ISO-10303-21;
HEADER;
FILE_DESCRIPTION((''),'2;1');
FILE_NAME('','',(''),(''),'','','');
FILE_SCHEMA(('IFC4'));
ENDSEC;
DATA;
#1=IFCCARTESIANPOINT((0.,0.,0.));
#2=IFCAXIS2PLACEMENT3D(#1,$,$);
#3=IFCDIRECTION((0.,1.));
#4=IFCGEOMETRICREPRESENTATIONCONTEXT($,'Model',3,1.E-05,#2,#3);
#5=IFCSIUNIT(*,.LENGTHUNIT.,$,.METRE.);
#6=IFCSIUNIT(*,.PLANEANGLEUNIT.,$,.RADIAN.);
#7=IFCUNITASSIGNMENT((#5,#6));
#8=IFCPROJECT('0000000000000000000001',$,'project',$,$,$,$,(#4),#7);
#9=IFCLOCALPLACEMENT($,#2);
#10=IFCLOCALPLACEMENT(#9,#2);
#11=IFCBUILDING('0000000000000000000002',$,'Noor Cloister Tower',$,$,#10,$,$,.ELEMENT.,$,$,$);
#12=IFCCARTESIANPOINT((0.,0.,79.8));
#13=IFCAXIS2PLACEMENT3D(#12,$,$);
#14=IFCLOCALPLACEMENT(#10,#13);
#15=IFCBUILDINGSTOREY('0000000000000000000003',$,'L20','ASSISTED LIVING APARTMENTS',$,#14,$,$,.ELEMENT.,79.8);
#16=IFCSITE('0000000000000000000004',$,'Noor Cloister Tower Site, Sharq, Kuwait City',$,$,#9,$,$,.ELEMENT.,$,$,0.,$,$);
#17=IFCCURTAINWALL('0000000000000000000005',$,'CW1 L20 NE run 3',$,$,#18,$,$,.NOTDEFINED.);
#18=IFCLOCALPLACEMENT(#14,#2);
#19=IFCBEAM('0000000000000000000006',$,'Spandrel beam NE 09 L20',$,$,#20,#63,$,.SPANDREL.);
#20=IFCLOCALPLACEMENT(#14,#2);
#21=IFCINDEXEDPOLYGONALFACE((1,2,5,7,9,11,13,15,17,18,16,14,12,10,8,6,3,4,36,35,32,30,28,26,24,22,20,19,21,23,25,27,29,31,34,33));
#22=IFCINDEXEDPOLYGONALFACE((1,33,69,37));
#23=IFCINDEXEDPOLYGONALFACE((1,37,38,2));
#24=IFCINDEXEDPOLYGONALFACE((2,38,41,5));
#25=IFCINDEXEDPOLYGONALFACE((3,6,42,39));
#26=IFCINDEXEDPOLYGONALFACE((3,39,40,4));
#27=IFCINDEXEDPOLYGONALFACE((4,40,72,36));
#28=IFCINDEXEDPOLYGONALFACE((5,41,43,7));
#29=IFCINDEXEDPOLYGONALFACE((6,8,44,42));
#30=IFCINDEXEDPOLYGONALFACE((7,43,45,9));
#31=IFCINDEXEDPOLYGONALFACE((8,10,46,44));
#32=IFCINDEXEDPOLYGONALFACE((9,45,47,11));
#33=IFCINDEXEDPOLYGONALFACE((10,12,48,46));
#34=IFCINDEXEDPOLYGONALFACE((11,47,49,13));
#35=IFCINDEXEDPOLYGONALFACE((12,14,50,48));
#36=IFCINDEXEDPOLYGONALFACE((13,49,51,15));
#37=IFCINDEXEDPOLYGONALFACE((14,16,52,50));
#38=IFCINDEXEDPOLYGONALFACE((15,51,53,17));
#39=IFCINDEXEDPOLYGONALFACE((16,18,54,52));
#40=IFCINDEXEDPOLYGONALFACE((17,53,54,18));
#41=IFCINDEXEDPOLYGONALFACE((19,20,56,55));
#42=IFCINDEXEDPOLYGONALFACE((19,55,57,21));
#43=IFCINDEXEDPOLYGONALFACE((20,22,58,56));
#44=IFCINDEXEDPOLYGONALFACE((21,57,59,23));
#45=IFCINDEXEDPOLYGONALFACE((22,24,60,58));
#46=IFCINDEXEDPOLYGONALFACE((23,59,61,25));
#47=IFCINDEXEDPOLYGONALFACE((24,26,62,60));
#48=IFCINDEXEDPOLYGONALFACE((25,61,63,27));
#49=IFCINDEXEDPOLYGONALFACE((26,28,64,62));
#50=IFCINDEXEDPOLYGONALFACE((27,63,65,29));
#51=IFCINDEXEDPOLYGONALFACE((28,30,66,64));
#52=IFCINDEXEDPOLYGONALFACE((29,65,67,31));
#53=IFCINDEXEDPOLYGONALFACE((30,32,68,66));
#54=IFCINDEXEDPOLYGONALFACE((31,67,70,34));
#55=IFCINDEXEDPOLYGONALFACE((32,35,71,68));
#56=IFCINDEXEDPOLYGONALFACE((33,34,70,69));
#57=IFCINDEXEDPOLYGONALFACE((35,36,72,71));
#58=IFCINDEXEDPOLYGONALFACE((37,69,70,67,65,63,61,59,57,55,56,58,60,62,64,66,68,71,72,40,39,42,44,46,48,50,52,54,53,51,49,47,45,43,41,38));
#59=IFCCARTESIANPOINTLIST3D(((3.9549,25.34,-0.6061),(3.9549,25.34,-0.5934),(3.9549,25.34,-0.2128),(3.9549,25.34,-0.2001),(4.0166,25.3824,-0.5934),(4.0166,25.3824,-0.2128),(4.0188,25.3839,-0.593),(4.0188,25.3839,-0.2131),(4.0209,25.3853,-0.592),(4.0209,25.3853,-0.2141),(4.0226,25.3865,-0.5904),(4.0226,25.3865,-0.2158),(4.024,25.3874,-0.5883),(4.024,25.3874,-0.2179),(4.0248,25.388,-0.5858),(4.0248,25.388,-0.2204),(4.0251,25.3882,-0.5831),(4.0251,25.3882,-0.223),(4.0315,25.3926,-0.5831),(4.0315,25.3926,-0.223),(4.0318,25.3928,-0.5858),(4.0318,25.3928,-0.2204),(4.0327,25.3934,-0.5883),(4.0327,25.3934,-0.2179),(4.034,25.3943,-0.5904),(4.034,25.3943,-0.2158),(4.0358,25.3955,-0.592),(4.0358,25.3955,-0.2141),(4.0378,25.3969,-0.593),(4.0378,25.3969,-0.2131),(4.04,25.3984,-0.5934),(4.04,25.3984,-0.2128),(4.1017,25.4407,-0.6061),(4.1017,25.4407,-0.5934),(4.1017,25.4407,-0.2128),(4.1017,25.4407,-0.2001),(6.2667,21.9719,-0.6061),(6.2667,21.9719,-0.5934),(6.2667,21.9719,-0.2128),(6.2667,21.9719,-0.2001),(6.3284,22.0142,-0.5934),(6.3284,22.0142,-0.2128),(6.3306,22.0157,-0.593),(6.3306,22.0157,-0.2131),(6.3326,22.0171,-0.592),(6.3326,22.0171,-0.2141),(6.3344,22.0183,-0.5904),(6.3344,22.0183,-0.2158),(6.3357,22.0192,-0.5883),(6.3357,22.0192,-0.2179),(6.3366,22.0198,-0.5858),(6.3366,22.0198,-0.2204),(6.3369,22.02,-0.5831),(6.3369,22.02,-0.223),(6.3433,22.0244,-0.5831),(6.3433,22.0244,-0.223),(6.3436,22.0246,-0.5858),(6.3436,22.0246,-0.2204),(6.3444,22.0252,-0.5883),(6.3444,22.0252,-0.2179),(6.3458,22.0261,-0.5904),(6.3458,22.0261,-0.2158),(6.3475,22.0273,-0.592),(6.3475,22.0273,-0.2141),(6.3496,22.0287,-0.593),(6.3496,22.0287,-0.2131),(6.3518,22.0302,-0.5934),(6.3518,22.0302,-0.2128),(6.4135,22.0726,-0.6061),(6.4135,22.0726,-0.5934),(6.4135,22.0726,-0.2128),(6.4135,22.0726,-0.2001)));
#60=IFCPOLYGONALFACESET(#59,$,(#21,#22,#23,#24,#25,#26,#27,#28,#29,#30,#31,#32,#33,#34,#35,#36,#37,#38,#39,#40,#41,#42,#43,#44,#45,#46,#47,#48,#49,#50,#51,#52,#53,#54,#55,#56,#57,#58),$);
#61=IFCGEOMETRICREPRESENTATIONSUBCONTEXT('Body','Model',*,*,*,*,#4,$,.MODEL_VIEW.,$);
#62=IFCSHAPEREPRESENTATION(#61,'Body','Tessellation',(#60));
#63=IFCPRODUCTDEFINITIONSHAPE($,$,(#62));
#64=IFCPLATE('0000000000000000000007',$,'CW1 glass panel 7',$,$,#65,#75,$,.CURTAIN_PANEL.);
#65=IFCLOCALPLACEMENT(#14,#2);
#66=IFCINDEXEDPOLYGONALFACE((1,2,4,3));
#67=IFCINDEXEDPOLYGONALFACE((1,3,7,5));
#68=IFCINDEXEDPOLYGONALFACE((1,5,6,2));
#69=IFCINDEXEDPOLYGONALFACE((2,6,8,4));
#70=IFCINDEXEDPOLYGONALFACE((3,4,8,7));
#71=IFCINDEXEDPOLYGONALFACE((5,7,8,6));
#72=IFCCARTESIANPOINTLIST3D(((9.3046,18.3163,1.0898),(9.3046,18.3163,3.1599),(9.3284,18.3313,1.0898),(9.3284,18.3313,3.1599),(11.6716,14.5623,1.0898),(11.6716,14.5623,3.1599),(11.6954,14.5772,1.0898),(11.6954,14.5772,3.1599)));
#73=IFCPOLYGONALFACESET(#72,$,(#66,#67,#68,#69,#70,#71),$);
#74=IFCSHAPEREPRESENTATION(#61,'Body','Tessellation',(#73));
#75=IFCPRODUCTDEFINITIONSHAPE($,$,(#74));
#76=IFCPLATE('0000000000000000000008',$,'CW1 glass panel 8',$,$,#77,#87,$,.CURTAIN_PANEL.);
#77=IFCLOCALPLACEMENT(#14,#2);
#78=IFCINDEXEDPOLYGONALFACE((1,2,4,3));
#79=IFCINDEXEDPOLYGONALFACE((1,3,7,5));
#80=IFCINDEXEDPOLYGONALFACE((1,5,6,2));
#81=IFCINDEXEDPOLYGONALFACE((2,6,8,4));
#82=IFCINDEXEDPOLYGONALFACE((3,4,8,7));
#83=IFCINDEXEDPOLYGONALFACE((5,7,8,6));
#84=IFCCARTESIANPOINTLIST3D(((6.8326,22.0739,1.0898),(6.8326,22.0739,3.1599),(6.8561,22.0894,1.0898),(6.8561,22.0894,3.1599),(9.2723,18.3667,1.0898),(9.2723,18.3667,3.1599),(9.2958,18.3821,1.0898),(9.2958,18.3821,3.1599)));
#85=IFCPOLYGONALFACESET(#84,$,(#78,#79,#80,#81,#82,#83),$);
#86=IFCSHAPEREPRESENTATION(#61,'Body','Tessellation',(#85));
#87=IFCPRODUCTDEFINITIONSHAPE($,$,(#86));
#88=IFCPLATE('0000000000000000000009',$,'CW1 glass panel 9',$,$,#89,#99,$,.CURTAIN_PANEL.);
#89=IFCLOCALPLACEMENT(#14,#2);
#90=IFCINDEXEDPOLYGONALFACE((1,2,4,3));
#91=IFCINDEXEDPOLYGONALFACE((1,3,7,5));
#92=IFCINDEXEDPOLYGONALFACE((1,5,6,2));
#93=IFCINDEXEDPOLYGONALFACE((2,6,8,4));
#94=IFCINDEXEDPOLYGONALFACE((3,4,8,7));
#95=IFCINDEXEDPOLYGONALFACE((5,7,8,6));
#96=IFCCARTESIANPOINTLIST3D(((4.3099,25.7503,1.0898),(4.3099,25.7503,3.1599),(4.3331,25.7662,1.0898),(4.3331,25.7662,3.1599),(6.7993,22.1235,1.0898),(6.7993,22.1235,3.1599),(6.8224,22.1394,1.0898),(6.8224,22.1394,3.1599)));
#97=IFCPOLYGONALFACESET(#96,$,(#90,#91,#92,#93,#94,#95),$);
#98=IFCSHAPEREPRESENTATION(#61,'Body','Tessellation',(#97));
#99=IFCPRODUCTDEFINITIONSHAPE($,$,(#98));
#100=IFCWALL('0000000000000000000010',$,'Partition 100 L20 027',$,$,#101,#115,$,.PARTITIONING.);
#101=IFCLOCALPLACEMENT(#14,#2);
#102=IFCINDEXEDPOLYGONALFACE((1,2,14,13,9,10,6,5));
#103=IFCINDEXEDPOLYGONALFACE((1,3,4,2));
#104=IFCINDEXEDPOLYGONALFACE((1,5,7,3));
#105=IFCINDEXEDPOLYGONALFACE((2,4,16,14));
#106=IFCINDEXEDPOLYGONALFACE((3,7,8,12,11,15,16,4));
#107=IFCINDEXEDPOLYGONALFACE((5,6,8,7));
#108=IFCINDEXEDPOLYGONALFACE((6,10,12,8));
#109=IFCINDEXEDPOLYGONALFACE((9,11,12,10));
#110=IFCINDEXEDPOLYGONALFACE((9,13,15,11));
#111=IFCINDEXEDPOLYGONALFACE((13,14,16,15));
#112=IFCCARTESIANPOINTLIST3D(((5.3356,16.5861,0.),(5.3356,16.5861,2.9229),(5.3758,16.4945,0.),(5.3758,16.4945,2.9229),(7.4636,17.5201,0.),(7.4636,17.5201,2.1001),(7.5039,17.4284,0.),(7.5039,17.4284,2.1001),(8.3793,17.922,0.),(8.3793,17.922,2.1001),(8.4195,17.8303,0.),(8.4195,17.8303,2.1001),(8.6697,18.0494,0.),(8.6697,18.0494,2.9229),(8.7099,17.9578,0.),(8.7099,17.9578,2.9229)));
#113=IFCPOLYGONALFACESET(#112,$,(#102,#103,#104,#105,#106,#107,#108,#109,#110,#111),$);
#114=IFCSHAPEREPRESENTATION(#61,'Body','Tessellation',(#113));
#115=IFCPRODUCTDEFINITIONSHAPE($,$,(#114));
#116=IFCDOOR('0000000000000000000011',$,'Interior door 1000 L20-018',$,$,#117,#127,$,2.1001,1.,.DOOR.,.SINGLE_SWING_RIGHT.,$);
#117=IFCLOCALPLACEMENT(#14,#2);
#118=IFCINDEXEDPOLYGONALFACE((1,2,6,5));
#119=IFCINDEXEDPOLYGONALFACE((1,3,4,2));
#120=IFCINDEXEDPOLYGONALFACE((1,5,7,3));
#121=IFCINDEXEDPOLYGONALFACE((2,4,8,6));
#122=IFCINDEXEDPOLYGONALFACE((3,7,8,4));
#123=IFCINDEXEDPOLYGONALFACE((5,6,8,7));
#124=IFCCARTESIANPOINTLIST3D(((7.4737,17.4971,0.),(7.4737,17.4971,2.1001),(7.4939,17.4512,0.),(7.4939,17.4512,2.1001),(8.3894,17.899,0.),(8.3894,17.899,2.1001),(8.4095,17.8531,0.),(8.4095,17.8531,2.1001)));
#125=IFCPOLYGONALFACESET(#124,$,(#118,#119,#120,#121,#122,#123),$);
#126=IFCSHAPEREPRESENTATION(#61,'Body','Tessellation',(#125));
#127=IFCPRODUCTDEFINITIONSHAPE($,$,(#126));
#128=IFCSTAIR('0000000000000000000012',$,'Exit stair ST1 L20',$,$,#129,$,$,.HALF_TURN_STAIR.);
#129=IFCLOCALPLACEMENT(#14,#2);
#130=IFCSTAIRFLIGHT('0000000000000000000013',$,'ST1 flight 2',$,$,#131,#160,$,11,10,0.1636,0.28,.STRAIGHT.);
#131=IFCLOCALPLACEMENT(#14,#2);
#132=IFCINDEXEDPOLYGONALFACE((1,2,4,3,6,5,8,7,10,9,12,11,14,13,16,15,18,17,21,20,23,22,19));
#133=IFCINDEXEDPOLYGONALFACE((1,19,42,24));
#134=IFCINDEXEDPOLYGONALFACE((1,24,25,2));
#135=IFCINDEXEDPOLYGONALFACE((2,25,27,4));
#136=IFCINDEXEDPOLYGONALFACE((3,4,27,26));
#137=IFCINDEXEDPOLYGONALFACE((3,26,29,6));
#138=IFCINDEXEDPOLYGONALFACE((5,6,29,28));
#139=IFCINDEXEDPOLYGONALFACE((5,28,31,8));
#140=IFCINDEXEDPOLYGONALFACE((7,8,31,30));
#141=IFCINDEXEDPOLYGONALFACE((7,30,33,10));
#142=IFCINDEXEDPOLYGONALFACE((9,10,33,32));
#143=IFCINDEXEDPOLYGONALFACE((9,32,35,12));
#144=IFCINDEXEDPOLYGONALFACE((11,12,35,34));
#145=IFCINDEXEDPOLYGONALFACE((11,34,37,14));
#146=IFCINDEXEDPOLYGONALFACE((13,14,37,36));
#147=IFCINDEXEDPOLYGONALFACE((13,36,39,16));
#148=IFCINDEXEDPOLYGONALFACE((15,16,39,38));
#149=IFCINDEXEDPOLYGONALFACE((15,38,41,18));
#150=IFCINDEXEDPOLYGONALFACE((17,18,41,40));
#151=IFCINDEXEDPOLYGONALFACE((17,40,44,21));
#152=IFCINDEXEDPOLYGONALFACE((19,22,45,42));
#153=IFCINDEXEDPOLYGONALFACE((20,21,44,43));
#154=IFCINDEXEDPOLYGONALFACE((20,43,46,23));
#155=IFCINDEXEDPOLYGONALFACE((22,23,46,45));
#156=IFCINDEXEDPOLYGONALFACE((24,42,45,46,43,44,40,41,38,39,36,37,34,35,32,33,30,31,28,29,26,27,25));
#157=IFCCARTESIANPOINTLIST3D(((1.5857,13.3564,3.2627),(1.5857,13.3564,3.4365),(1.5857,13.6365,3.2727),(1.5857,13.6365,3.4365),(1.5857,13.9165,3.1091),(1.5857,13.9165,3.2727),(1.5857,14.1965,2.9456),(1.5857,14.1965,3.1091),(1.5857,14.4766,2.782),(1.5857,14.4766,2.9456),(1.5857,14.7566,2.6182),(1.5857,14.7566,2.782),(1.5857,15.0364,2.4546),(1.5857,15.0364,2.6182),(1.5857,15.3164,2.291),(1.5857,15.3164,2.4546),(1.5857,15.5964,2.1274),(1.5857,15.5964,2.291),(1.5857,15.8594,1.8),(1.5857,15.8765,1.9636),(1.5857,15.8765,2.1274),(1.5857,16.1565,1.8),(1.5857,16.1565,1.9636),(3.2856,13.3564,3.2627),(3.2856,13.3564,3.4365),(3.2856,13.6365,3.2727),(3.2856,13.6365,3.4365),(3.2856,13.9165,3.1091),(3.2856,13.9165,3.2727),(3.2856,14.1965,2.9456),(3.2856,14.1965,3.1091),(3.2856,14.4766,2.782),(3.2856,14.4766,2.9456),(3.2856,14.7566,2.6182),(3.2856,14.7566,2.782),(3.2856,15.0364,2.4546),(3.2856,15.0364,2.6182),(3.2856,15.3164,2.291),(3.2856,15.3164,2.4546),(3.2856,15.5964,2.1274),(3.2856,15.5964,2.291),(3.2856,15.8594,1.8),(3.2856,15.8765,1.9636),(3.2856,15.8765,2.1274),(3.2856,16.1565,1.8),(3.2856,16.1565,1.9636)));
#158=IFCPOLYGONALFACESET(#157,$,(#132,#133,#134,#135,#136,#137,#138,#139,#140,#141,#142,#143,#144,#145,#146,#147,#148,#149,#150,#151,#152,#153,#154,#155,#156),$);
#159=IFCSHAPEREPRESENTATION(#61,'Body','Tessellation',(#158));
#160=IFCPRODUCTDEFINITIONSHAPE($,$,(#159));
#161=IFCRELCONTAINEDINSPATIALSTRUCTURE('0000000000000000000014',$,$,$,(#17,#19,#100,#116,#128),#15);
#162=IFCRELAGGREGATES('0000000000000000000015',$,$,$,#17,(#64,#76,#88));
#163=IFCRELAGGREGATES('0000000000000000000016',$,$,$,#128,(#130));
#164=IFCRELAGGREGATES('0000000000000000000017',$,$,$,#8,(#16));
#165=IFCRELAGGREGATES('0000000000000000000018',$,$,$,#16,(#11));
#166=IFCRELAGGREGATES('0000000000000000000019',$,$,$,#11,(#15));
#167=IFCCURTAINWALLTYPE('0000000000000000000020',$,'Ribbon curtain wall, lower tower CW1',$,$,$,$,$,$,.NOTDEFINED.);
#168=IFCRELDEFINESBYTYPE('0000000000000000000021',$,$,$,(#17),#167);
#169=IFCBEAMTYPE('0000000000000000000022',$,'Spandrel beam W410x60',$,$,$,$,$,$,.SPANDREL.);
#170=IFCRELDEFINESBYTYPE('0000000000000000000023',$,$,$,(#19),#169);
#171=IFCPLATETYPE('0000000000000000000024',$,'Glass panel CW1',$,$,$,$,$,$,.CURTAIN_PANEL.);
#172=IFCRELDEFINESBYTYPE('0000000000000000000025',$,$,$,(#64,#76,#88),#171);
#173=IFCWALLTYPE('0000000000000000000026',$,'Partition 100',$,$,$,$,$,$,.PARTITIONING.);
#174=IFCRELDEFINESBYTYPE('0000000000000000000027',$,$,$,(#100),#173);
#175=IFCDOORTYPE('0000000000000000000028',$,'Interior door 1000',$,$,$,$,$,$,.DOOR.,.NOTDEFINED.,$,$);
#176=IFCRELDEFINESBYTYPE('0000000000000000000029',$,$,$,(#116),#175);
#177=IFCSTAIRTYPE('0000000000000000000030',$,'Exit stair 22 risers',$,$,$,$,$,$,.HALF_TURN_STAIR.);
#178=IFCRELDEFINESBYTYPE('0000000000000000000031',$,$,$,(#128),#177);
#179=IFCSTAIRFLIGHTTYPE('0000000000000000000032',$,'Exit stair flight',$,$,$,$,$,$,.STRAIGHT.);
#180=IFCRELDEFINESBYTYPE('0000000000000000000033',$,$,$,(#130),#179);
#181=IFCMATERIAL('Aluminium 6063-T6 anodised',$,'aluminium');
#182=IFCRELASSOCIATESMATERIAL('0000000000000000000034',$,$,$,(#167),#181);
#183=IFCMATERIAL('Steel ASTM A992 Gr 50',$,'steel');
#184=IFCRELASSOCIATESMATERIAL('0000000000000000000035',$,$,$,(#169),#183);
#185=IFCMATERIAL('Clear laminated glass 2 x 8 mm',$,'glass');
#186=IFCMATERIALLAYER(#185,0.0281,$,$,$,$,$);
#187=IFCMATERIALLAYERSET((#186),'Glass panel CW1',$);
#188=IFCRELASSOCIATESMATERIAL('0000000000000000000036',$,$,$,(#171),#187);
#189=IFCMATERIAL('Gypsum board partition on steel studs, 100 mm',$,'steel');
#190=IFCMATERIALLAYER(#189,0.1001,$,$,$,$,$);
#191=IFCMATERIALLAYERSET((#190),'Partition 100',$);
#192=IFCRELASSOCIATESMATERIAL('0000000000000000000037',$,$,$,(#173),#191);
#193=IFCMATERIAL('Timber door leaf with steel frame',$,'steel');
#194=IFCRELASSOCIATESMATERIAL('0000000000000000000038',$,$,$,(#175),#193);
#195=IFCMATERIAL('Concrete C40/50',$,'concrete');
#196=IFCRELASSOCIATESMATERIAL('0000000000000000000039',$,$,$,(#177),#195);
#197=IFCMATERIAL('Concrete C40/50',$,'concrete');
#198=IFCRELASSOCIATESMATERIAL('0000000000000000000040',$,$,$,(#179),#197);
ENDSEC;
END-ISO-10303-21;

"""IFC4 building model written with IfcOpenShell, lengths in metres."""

from ifc_helpers import new_model, si_unit, direction, frame, frame_2d, origin, origin_2d, place, context, subcontext, project, spatial, polyline, rectangle, i_section, outline, extrude, material, layer, layer_set, material_profile, profile_set, type_object, element, fill, aggregate, save


model = new_model("IFC4")

# Units and contexts
model_context = context("Model", 3, precision=1e-05, world=origin(), true_north=direction((0.0, 1.0)))
body_context = subcontext(model_context, "Body", "Model", "MODEL_VIEW")
ifc_project = project(units=[si_unit("LENGTHUNIT", "METRE"), si_unit("PLANEANGLEUNIT", "RADIAN")], contexts=[model_context])

# Site, building, storey
site_placement = place(None, origin())
site = spatial("IfcSite", under=ifc_project, at=site_placement, Name="Noor Cloister Tower Site, Sharq, Kuwait City", CompositionType="ELEMENT", RefElevation=0.0)
building_placement = place(site_placement, origin())
building = spatial("IfcBuilding", under=site, at=building_placement, Name="Noor Cloister Tower", CompositionType="ELEMENT")
storey_placement = place(building_placement, frame((0.0, 0.0, 79.8)))
storey = spatial("IfcBuildingStorey", under=building, at=storey_placement, Name="L20", Description="ASSISTED LIVING APARTMENTS", CompositionType="ELEMENT", Elevation=79.8)

# Curtain wall
ifc_material_1 = material(Name="Aluminium 6063-T6 anodised", Category="aluminium")
curtain_wall_type = type_object("IfcCurtainWallType", Name="Ribbon curtain wall, lower tower CW1", PredefinedType="NOTDEFINED", material=ifc_material_1)
curtain_wall_placement = place(storey_placement, origin())
curtain_wall = element("IfcCurtainWall", 1, at=curtain_wall_placement, inside=storey, type_object=curtain_wall_type, Name="CW1 L20 NE run 3", PredefinedType="NOTDEFINED")

# Beam
ifc_material_2 = material(Name="Steel ASTM A992 Gr 50", Category="steel")
ifc_material_profile_1 = material_profile(ifc_material_2, i_section(OverallWidth=0.178, OverallDepth=0.406, WebThickness=0.0078, FlangeThickness=0.0127, FilletRadius=0.0103, at=origin_2d()), Name="W410x60")
ifc_profile_set_1 = profile_set([ifc_material_profile_1], Name="Steel ASTM A992 Gr 50")
beam_type_1 = type_object("IfcBeamType", Name="Spandrel beam W410x60", PredefinedType="SPANDREL", material=ifc_profile_set_1)
for number, where, z_axis, x_axis, name in (
    (2, (6.3401, 22.0222, -0.4031), (-0.565889, 0.824481, 0.0), (-0.824481, -0.565889, 0.0), "Spandrel beam NE 09 L20"),
):
    element("IfcBeam", number, at=place(storey_placement, frame(where, z_axis=z_axis, x_axis=x_axis)), inside=storey, type_object=beam_type_1, Name=name, PredefinedType="SPANDREL", context=body_context, shape_type="SweptSolid", body=[
        extrude(i_section(OverallWidth=0.178, OverallDepth=0.406, WebThickness=0.0078, FlangeThickness=0.0127, FilletRadius=0.0103, at=origin_2d()), origin(), (0.0, 0.0, 1.0), 4.0852),
    ])

# Plates
ifc_material_3 = material(Name="Clear laminated glass 2 x 8 mm", Category="glass")
ifc_layer_1 = layer(ifc_material_3, 0.0281)
ifc_layer_set_1 = layer_set([ifc_layer_1], Name="Glass panel CW1")
plate_type = type_object("IfcPlateType", Name="Glass panel CW1", PredefinedType="CURTAIN_PANEL", material=ifc_layer_set_1)
plate_1_placement = place(storey_placement, frame((10.5, 16.4468, 1.0898), z_axis=(0.0, 0.0, 1.0), x_axis=(-0.533352, 0.845893, 0.0)))
plate_1 = element("IfcPlate", 3, at=plate_1_placement, type_object=plate_type, Name="CW1 glass panel 7", PredefinedType="CURTAIN_PANEL", context=body_context, shape_type="SweptSolid", body=[
    extrude(rectangle(XDim=4.438, YDim=0.0281, at=origin_2d()), origin(), (0.0, 0.0, 1.0), 2.0701),
])
plate_2_placement = place(storey_placement, frame((8.0642, 20.228, 1.0898), z_axis=(0.0, 0.0, 1.0), x_axis=(-0.549728, 0.835344, 0.0)))
plate_2 = element("IfcPlate", 4, at=plate_2_placement, type_object=plate_type, Name="CW1 glass panel 8", PredefinedType="CURTAIN_PANEL", context=body_context, shape_type="SweptSolid", body=[
    extrude(rectangle(XDim=4.438, YDim=0.0281, at=origin_2d()), origin(), (0.0, 0.0, 1.0), 2.0701),
])
plate_3_placement = place(storey_placement, frame((5.5662, 23.9448, 1.0898), z_axis=(0.0, 0.0, 1.0), x_axis=(-0.565895, 0.824477, 0.0)))
plate_3 = element("IfcPlate", 5, at=plate_3_placement, type_object=plate_type, Name="CW1 glass panel 9", PredefinedType="CURTAIN_PANEL", context=body_context, shape_type="SweptSolid", body=[
    extrude(rectangle(XDim=4.3989, YDim=0.0281, at=origin_2d()), origin(), (0.0, 0.0, 1.0), 2.0701),
])
aggregate(curtain_wall, [plate_1, plate_2, plate_3])

# Wall, opening, door
ifc_material_4 = material(Name="Gypsum board partition on steel studs, 100 mm", Category="steel")
ifc_layer_2 = layer(ifc_material_4, 0.1001)
ifc_layer_set_2 = layer_set([ifc_layer_2], Name="Partition 100")
wall_type = type_object("IfcWallType", Name="Partition 100", PredefinedType="PARTITIONING", material=ifc_layer_set_2)
wall_placement = place(storey_placement, frame((5.3557, 16.5403, 0.0), z_axis=(0.0, 0.0, 1.0), x_axis=(0.915687, 0.401891, 0.0)))
wall = element("IfcWall", 6, at=wall_placement, inside=storey, type_object=wall_type, Name="Partition 100 L20 027", PredefinedType="PARTITIONING", context=body_context, shape_type="SweptSolid", body=[
    extrude(rectangle(XDim=3.6411, YDim=0.1001, at=frame_2d((1.8206, 0.0))), origin(), (0.0, 0.0, 1.0), 2.9229),
])
opening_placement = place(wall_placement, frame((2.324, 0.0, 0.0)))
opening = element("IfcOpeningElement", 7, at=opening_placement, cuts=wall, PredefinedType="OPENING", context=body_context, shape_type="SweptSolid", body=[
    extrude(rectangle(XDim=1.0, YDim=2.1001, at=frame_2d((0.5, 1.05))), frame((0.0, 0.0601, 0.0), z_axis=(0.0, -1.0, 0.0), x_axis=(1.0, 0.0, 0.0)), (0.0, 0.0, 1.0), 0.1201),
])
ifc_material_5 = material(Name="Timber door leaf with steel frame", Category="steel")
door_type = type_object("IfcDoorType", Name="Interior door 1000", OperationType="NOTDEFINED", PredefinedType="DOOR", material=ifc_material_5)
door_placement = place(opening_placement, origin())
door = element("IfcDoor", 8, at=door_placement, inside=storey, type_object=door_type, Name="Interior door 1000 L20-018", OperationType="SINGLE_SWING_RIGHT", OverallHeight=2.1001, OverallWidth=1.0, PredefinedType="DOOR", context=body_context, shape_type="SweptSolid", body=[
    extrude(rectangle(XDim=1.0, YDim=2.1001, at=frame_2d((0.5, 1.05))), frame((0.0, 0.0249, 0.0), z_axis=(0.0, -1.0, 0.0), x_axis=(1.0, 0.0, 0.0)), (0.0, 0.0, 1.0), 0.05),
])
fill(opening, door)

# Stair, stair flight
ifc_material_6 = material(Name="Concrete C40/50", Category="concrete")
stair_type = type_object("IfcStairType", Name="Exit stair 22 risers", PredefinedType="HALF_TURN_STAIR", material=ifc_material_6)
stair_placement = place(storey_placement, origin())
stair = element("IfcStair", 9, at=stair_placement, inside=storey, type_object=stair_type, Name="Exit stair ST1 L20", PredefinedType="HALF_TURN_STAIR")
ifc_material_7 = material(Name="Concrete C40/50", Category="concrete")
stair_flight_type = type_object("IfcStairFlightType", Name="Exit stair flight", PredefinedType="STRAIGHT", material=ifc_material_7)
stair_flight_placement = place(storey_placement, frame((2.4355, 16.1565, 1.8), z_axis=(0.0, 0.0, 1.0), x_axis=(0.0, -1.0, 0.0)))
stair_flight = element("IfcStairFlight", 10, at=stair_flight_placement, type_object=stair_flight_type, Name="ST1 flight 2", NumberOfRisers=11, NumberOfTreads=10, PredefinedType="STRAIGHT", RiserHeight=0.1636, TreadLength=0.28, context=body_context, shape_type="SweptSolid", body=[
    extrude(outline(polyline([(0.0, 0.0), (0.0, 0.1636), (0.28, 0.1636), (0.28, 0.3274), (0.5601, 0.3274), (0.5601, 0.491), (0.8401, 0.491), (0.8401, 0.6545), (1.1201, 0.6545), (1.1201, 0.8181), (1.3999, 0.8181), (1.3999, 0.9819), (1.6799, 0.9819), (1.6799, 1.1455), (1.96, 1.1455), (1.96, 1.3091), (2.24, 1.3091), (2.24, 1.4727), (2.52, 1.4727), (2.52, 1.6365), (2.8, 1.6365), (2.8, 1.8), (2.8, 1.4626), (0.2971, 0.0), (0.0, 0.0)])), frame((0.0, 0.8501, 0.0), z_axis=(0.0, -1.0, 0.0), x_axis=(1.0, 0.0, 0.0)), (0.0, 0.0, 1.0), 1.7),
])
aggregate(stair, [stair_flight])

save(model, "model.ifc")
